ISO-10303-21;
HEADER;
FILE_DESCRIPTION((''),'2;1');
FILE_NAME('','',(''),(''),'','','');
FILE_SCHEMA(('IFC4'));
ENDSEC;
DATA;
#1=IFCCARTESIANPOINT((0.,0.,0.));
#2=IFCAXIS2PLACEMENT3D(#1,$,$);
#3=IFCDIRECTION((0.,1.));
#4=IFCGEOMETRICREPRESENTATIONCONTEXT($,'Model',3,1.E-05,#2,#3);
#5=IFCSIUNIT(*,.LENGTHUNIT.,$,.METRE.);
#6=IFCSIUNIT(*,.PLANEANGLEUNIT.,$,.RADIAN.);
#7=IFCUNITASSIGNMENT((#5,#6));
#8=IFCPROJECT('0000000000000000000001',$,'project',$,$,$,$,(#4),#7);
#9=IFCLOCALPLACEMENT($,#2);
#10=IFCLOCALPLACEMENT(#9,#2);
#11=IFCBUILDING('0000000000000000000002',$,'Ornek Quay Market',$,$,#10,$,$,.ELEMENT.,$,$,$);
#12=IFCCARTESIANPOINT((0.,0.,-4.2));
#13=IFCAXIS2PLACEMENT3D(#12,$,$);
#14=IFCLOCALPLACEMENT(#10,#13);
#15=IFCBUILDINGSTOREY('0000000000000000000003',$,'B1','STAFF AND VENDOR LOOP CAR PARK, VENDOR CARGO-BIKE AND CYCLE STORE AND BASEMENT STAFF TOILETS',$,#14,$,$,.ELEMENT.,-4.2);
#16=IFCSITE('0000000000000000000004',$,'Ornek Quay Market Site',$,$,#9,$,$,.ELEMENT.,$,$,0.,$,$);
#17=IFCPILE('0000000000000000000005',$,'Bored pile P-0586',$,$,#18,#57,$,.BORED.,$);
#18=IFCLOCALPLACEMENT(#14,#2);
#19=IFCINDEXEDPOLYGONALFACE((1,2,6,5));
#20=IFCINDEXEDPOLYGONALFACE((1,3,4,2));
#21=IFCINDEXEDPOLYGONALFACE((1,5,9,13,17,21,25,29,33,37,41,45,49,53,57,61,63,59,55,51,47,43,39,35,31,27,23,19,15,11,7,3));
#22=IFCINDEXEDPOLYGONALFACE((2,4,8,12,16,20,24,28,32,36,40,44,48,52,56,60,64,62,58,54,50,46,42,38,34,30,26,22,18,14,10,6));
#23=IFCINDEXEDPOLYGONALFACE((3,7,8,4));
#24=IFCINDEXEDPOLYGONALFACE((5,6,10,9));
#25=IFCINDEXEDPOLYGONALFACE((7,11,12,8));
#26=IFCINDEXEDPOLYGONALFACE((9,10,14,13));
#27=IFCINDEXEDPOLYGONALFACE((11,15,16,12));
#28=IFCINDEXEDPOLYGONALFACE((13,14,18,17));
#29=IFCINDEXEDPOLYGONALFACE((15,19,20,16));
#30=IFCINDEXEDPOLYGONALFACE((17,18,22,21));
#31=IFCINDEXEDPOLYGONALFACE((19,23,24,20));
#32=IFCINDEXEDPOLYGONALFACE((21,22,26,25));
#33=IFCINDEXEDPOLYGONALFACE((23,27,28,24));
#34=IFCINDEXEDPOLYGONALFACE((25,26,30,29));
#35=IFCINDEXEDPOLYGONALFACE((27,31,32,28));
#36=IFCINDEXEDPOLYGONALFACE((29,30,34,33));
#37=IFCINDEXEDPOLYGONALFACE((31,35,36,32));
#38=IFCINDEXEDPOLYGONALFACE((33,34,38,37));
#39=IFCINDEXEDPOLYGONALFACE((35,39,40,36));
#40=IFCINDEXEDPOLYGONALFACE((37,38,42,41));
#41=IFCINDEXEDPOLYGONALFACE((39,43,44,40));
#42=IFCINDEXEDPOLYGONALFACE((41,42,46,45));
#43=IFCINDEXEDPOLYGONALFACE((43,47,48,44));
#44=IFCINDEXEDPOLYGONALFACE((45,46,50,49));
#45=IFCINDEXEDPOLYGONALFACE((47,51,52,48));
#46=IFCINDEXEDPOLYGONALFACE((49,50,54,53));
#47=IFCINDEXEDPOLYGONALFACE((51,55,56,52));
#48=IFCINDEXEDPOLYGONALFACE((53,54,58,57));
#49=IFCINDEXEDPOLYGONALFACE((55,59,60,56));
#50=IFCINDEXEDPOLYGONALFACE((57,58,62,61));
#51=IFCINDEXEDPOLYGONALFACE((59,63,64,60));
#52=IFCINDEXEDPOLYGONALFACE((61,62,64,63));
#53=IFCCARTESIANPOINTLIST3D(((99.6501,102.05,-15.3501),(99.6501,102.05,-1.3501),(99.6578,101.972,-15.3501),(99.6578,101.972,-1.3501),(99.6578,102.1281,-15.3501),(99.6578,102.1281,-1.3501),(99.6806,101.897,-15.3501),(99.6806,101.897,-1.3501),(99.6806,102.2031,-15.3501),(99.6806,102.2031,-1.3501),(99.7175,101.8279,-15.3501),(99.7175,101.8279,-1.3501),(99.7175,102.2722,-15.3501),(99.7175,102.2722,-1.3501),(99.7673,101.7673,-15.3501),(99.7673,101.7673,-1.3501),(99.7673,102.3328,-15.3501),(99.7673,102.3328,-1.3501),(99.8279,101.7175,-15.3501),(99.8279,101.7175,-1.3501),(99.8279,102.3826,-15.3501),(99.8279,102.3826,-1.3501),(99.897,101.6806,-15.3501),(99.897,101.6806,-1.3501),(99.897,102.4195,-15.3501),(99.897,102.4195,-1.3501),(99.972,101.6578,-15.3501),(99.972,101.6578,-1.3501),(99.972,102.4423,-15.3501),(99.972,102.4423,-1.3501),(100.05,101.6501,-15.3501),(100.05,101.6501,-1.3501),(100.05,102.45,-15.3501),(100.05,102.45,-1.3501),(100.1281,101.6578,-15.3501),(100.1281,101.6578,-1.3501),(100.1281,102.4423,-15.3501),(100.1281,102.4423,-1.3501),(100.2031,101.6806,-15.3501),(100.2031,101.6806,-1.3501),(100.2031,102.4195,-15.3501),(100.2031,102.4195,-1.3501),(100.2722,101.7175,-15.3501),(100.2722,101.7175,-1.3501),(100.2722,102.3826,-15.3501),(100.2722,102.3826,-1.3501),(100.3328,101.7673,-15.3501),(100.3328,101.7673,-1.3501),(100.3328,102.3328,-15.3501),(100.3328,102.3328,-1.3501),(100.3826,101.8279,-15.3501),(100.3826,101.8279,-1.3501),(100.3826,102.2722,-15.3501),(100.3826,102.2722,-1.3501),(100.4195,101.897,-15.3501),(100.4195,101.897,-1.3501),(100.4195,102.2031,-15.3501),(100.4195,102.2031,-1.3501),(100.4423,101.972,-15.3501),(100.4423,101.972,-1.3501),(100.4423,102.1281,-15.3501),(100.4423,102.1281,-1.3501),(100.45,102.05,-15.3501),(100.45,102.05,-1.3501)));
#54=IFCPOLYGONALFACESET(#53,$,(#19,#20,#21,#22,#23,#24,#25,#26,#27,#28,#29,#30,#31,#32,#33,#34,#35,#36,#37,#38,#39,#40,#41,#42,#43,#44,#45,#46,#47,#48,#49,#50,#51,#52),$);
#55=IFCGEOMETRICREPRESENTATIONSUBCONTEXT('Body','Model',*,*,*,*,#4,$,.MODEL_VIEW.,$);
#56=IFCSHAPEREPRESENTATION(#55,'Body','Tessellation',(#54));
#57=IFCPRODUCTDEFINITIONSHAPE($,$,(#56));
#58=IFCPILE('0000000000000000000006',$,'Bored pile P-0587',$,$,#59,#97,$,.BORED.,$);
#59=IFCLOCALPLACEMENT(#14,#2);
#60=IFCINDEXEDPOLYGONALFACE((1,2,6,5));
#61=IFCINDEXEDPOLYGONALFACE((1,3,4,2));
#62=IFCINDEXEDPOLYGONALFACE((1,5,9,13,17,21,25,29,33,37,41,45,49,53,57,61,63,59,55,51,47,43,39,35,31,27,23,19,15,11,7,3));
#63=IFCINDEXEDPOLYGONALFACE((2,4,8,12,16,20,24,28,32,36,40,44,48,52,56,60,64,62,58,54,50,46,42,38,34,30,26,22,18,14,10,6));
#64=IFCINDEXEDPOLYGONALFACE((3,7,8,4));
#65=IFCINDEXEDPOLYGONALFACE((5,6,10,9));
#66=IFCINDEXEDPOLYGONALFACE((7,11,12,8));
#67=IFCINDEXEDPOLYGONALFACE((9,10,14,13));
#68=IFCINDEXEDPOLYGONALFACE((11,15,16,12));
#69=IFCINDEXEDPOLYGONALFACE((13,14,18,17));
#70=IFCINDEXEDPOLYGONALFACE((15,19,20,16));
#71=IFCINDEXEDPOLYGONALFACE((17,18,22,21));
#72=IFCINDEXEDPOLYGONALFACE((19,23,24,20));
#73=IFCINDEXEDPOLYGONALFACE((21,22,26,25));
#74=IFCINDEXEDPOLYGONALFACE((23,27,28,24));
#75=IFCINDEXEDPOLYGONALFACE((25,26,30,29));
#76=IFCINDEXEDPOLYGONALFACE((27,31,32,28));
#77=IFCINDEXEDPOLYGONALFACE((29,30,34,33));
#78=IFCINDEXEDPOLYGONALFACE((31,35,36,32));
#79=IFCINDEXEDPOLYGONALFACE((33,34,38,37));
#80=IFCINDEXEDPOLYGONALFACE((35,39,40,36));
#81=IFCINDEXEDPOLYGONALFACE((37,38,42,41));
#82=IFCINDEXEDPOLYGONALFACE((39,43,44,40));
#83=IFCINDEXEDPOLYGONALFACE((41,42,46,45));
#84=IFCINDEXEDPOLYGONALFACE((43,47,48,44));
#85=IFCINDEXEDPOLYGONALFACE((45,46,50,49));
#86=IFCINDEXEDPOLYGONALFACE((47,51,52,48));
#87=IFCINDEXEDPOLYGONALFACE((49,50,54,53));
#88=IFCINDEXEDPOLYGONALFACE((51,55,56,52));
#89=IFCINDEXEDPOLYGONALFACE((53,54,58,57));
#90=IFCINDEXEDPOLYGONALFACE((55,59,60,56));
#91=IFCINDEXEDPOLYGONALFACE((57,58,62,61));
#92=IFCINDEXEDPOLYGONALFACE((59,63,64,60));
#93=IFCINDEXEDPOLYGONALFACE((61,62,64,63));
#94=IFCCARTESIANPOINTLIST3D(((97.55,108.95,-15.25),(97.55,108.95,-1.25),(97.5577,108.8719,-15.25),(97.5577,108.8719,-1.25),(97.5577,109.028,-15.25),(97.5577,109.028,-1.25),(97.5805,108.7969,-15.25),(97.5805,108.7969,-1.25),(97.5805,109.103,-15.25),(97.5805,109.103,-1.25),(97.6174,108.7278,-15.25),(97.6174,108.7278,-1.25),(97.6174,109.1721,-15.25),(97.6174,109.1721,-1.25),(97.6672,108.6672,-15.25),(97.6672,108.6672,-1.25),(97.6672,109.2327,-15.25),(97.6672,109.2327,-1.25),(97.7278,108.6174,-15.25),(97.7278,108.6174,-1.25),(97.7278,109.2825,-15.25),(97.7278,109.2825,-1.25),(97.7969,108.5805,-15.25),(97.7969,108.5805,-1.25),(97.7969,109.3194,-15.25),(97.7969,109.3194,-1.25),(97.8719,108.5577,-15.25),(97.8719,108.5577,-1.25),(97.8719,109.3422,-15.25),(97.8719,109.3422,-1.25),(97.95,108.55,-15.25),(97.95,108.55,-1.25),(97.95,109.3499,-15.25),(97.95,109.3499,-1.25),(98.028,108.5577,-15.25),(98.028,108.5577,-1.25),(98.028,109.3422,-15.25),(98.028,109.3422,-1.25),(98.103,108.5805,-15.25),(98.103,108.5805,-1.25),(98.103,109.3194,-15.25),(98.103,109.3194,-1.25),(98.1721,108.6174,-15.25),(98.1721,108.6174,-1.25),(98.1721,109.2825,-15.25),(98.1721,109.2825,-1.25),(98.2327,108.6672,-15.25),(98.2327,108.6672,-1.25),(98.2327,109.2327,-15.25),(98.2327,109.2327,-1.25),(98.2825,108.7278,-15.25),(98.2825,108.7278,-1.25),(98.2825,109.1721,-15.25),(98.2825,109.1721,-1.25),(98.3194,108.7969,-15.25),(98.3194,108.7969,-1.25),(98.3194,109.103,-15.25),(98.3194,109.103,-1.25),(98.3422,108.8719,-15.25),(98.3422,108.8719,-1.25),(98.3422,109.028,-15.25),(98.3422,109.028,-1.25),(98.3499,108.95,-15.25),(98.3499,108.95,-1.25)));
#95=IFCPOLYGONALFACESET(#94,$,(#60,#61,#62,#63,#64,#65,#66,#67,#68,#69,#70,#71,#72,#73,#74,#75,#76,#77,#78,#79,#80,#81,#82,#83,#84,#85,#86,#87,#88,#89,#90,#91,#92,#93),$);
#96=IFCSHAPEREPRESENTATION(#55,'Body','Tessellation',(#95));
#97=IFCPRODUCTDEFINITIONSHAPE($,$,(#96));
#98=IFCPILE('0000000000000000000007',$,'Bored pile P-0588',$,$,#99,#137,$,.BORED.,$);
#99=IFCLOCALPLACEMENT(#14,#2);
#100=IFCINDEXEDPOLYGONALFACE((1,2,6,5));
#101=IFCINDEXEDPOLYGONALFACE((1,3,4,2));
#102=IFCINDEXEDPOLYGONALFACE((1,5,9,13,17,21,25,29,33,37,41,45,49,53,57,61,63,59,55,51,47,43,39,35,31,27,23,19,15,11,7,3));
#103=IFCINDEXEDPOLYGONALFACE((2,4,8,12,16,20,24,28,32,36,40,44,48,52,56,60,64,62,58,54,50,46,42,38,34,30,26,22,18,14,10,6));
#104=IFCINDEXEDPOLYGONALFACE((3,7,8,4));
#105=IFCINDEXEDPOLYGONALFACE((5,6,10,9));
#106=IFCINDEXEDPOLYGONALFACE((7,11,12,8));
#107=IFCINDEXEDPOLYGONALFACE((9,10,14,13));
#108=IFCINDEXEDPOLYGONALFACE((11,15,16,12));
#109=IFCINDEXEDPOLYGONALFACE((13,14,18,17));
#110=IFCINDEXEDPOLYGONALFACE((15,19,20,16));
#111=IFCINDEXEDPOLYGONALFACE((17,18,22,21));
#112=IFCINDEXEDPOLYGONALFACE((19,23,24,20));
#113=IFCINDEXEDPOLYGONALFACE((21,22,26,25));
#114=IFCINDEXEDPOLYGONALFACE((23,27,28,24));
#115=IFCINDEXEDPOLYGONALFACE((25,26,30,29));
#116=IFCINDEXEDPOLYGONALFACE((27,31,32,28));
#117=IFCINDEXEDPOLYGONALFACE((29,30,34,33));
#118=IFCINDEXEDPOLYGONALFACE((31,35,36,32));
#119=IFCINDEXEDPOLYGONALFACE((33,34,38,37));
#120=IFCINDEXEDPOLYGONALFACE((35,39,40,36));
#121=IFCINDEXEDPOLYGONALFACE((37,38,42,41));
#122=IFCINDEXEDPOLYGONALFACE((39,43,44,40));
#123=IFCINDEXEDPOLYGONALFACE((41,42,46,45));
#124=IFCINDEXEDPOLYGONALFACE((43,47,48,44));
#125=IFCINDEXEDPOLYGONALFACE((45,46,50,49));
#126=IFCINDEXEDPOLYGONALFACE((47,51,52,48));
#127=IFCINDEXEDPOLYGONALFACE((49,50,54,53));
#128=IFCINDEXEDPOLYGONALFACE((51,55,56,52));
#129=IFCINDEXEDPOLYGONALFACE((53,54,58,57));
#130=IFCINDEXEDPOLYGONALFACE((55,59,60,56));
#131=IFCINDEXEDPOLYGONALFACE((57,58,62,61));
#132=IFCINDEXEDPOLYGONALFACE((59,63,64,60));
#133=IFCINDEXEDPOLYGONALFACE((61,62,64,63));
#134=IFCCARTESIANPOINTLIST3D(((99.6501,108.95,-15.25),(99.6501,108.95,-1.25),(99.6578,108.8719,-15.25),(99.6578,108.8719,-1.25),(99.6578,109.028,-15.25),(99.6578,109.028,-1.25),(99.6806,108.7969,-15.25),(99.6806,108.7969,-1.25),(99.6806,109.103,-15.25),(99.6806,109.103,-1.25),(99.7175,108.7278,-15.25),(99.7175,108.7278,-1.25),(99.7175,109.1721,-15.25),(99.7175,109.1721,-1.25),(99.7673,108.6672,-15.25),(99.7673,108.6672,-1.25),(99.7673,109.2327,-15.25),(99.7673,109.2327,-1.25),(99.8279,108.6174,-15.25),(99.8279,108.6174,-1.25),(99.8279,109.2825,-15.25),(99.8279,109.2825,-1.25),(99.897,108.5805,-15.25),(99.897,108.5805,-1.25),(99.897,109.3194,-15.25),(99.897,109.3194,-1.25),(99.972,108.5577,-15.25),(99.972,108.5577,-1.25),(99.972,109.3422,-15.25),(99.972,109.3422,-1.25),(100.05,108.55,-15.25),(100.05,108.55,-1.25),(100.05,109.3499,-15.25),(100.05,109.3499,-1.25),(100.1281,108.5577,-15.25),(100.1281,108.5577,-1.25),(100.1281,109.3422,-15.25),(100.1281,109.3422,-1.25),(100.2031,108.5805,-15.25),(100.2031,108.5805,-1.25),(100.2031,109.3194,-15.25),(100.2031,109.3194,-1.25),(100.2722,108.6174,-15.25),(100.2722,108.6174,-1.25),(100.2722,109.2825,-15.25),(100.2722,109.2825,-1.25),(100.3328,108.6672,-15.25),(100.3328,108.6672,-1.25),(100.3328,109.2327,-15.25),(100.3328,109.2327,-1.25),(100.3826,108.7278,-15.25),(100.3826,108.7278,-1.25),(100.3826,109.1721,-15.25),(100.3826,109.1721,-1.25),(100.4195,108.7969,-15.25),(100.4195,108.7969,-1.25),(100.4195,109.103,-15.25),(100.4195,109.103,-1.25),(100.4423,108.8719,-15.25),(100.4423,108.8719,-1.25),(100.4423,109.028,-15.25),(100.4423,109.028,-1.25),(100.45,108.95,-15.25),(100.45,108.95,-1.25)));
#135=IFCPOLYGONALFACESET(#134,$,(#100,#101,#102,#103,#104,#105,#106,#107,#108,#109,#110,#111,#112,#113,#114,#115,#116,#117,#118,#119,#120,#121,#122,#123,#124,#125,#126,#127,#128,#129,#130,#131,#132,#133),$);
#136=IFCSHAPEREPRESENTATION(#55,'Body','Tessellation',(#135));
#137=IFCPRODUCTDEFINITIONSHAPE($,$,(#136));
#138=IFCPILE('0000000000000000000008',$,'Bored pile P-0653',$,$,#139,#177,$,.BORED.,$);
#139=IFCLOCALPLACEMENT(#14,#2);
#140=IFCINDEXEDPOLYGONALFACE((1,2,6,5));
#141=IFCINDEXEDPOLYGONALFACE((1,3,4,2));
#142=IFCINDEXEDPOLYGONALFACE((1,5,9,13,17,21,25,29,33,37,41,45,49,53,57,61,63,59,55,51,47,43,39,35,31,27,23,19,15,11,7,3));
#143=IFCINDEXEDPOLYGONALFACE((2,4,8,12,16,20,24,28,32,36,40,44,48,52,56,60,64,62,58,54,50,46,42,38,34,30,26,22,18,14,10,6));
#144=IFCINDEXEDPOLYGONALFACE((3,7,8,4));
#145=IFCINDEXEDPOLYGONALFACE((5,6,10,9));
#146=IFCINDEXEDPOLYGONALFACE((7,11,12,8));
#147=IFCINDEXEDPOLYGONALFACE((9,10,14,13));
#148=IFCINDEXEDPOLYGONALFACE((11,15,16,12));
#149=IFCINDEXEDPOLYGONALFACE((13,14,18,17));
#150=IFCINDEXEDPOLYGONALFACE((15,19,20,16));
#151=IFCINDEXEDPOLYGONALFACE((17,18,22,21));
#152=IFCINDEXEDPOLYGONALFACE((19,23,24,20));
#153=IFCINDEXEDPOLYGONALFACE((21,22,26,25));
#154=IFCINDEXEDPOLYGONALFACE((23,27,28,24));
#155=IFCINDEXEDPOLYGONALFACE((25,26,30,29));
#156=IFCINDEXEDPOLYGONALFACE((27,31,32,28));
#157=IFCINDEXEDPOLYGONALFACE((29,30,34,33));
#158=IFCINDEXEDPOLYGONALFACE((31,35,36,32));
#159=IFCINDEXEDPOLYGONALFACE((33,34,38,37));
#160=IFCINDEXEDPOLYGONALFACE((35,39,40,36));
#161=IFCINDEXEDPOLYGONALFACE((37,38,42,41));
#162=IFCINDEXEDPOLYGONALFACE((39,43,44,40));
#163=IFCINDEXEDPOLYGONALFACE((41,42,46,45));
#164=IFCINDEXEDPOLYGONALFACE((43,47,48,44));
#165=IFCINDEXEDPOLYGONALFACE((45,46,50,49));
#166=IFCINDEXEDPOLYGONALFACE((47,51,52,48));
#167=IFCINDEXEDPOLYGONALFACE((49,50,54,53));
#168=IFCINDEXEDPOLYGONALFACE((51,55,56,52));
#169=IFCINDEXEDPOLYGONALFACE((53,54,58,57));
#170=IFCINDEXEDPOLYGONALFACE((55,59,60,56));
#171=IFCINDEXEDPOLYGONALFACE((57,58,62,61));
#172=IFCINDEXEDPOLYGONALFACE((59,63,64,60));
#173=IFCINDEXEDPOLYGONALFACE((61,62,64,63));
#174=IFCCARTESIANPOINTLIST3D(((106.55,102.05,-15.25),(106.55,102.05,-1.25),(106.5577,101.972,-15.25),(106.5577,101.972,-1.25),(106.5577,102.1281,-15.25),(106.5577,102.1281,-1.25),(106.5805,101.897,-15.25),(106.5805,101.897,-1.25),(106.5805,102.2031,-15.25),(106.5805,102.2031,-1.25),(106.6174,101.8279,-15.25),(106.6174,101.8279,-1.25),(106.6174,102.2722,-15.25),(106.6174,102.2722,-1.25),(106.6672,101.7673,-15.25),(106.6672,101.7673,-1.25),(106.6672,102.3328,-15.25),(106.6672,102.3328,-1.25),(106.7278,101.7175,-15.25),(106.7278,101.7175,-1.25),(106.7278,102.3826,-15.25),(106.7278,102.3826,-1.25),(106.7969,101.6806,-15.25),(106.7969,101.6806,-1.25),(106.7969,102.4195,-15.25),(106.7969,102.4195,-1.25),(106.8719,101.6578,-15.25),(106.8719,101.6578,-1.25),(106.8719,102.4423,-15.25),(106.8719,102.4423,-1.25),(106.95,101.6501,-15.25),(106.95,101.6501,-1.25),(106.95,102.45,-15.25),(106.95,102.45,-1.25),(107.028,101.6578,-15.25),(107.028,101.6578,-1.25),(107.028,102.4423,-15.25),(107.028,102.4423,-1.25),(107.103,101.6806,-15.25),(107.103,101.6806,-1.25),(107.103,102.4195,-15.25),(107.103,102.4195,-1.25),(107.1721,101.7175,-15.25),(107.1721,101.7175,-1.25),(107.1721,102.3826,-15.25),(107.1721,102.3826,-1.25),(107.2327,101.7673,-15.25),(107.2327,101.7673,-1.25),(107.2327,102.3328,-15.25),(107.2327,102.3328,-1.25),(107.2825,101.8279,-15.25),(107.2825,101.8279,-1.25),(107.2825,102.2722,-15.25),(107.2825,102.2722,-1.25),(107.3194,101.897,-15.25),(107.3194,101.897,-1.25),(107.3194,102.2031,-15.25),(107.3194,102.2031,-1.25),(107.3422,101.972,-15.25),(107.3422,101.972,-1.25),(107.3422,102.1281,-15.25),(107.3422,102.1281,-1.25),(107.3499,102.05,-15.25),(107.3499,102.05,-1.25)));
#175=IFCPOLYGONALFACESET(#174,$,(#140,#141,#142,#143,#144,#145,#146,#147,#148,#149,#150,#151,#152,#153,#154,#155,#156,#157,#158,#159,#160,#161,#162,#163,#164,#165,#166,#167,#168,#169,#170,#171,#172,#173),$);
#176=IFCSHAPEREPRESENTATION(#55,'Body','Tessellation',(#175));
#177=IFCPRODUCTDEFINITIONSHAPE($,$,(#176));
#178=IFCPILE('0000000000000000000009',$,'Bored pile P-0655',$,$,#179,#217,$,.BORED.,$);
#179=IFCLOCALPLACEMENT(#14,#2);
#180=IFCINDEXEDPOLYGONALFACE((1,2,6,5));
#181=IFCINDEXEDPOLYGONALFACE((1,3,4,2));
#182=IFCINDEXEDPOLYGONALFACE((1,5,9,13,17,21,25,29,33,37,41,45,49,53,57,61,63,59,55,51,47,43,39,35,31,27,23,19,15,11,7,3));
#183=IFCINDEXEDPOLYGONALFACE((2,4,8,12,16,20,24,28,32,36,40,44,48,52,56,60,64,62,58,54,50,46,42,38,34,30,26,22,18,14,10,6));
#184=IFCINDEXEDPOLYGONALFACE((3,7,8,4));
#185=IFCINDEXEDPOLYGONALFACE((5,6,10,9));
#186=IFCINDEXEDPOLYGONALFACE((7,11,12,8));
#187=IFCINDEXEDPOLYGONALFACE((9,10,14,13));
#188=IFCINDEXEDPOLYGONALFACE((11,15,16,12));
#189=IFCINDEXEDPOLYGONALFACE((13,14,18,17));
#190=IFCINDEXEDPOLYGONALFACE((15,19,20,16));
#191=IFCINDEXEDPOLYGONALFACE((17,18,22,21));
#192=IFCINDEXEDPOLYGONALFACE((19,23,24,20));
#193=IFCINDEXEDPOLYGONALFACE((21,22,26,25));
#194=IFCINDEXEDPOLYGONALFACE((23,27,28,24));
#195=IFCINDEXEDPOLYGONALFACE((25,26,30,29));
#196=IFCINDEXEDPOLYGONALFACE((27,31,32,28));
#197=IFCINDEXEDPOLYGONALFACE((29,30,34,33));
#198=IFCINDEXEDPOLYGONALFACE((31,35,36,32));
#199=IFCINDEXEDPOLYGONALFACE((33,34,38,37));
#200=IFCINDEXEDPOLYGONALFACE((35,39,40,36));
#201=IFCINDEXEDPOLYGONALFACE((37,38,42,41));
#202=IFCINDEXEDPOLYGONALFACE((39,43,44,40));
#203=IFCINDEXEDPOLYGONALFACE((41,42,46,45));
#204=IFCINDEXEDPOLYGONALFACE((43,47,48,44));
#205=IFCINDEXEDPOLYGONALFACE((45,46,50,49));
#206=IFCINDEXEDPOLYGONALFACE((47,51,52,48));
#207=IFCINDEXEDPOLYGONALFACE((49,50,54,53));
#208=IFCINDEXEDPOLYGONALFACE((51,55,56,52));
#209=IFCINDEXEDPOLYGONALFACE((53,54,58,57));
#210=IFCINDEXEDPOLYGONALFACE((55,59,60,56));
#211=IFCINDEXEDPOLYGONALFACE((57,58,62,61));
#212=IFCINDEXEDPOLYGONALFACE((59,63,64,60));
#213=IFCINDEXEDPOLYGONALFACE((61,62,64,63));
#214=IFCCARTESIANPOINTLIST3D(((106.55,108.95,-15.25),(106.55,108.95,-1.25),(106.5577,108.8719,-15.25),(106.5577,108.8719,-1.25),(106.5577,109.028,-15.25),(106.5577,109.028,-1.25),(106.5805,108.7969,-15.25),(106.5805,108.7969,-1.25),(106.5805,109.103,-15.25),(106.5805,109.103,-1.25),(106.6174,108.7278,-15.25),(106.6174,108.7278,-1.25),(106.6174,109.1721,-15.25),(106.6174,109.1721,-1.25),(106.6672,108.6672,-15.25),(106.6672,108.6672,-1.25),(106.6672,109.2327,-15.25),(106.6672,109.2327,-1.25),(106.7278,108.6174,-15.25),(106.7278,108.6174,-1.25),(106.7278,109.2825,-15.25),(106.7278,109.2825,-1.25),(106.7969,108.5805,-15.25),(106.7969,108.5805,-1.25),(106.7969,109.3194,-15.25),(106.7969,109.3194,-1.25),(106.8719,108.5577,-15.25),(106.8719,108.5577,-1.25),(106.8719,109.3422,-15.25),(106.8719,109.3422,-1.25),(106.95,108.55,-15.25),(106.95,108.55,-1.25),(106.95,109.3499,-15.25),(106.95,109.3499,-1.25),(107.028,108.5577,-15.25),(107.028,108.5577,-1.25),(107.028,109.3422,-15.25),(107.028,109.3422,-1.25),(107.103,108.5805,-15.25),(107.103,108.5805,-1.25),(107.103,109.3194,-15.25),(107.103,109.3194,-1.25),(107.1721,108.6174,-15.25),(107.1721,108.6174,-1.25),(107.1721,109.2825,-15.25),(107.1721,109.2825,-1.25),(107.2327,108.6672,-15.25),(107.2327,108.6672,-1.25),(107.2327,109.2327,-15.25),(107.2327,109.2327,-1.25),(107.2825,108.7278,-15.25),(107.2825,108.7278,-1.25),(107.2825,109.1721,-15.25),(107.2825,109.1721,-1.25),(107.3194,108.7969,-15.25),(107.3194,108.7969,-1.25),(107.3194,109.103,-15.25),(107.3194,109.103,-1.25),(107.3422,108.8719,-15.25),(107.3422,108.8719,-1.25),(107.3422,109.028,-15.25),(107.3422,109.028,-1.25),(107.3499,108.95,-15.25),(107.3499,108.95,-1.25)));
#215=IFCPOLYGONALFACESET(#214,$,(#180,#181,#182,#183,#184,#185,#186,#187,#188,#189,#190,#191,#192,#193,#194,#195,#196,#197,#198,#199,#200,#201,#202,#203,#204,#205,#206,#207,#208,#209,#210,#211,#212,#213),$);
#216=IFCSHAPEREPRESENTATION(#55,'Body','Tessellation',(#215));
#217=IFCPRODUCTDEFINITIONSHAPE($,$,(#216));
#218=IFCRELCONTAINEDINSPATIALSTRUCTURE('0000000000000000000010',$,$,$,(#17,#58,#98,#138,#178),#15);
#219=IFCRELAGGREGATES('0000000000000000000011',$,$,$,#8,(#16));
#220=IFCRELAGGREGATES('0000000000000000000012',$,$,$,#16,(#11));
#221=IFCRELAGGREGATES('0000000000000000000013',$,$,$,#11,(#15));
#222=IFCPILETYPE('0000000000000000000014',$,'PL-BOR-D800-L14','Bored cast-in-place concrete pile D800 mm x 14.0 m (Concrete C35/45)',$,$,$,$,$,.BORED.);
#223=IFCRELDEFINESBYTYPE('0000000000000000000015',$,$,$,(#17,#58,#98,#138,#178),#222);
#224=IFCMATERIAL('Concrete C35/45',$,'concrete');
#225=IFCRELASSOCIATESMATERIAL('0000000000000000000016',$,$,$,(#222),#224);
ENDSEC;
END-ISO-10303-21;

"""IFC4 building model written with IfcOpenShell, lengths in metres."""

from ifc_helpers import new_model, si_unit, direction, frame, origin, origin_2d, place, context, subcontext, project, spatial, circle, extrude, material, material_profile, profile_set, type_object, element, save


model = new_model("IFC4")

# Units and contexts
model_context = context("Model", 3, precision=1e-05, world=origin(), true_north=direction((0.0, 1.0)))
body_context = subcontext(model_context, "Body", "Model", "MODEL_VIEW")
ifc_project = project(units=[si_unit("LENGTHUNIT", "METRE"), si_unit("PLANEANGLEUNIT", "RADIAN")], contexts=[model_context])

# Site, building, storey
site_placement = place(None, origin())
site = spatial("IfcSite", under=ifc_project, at=site_placement, Name="Ornek Quay Market Site", CompositionType="ELEMENT", RefElevation=0.0)
building_placement = place(site_placement, origin())
building = spatial("IfcBuilding", under=site, at=building_placement, Name="Ornek Quay Market", CompositionType="ELEMENT")
storey_placement = place(building_placement, frame((0.0, 0.0, -4.2)))
storey = spatial("IfcBuildingStorey", under=building, at=storey_placement, Name="B1", Description="STAFF AND VENDOR LOOP CAR PARK, VENDOR CARGO-BIKE AND CYCLE STORE AND BASEMENT STAFF TOILETS", CompositionType="ELEMENT", Elevation=-4.2)

# Piles
ifc_material_1 = material(Name="Concrete C35/45", Category="concrete")
ifc_material_profile_1 = material_profile(ifc_material_1, circle(Radius=0.3999, at=origin_2d()), Name="PILE D800", Category="concrete")
ifc_profile_set_1 = profile_set([ifc_material_profile_1], Name="Concrete C35/45")
pile_type = type_object("IfcPileType", Name="PL-BOR-D800-L14", Description="Bored cast-in-place concrete pile D800 mm x 14.0 m (Concrete C35/45)", PredefinedType="BORED", material=ifc_profile_set_1)
for number, where, z_axis, x_axis, name in (
    (1, (100.05, 102.05, -1.3501), (0.0, 0.0, -1.0), (1.0, 0.0, 0.0), "Bored pile P-0586"),
    (2, (97.95, 108.95, -1.25), (0.0, 0.0, -1.0), (1.0, 0.0, 0.0), "Bored pile P-0587"),
    (3, (100.05, 108.95, -1.25), (0.0, 0.0, -1.0), (1.0, 0.0, 0.0), "Bored pile P-0588"),
    (4, (106.95, 102.05, -1.25), (0.0, 0.0, -1.0), (1.0, 0.0, 0.0), "Bored pile P-0653"),
    (5, (106.95, 108.95, -1.25), (0.0, 0.0, -1.0), (1.0, 0.0, 0.0), "Bored pile P-0655"),
):
    element("IfcPile", number, at=place(storey_placement, frame(where, z_axis=z_axis, x_axis=x_axis)), inside=storey, type_object=pile_type, Name=name, PredefinedType="BORED", context=body_context, shape_type="SweptSolid", body=[
        extrude(circle(Radius=0.3999, at=origin_2d()), origin(), (0.0, 0.0, 1.0), 14.0),
    ])

save(model, "model.ifc")
